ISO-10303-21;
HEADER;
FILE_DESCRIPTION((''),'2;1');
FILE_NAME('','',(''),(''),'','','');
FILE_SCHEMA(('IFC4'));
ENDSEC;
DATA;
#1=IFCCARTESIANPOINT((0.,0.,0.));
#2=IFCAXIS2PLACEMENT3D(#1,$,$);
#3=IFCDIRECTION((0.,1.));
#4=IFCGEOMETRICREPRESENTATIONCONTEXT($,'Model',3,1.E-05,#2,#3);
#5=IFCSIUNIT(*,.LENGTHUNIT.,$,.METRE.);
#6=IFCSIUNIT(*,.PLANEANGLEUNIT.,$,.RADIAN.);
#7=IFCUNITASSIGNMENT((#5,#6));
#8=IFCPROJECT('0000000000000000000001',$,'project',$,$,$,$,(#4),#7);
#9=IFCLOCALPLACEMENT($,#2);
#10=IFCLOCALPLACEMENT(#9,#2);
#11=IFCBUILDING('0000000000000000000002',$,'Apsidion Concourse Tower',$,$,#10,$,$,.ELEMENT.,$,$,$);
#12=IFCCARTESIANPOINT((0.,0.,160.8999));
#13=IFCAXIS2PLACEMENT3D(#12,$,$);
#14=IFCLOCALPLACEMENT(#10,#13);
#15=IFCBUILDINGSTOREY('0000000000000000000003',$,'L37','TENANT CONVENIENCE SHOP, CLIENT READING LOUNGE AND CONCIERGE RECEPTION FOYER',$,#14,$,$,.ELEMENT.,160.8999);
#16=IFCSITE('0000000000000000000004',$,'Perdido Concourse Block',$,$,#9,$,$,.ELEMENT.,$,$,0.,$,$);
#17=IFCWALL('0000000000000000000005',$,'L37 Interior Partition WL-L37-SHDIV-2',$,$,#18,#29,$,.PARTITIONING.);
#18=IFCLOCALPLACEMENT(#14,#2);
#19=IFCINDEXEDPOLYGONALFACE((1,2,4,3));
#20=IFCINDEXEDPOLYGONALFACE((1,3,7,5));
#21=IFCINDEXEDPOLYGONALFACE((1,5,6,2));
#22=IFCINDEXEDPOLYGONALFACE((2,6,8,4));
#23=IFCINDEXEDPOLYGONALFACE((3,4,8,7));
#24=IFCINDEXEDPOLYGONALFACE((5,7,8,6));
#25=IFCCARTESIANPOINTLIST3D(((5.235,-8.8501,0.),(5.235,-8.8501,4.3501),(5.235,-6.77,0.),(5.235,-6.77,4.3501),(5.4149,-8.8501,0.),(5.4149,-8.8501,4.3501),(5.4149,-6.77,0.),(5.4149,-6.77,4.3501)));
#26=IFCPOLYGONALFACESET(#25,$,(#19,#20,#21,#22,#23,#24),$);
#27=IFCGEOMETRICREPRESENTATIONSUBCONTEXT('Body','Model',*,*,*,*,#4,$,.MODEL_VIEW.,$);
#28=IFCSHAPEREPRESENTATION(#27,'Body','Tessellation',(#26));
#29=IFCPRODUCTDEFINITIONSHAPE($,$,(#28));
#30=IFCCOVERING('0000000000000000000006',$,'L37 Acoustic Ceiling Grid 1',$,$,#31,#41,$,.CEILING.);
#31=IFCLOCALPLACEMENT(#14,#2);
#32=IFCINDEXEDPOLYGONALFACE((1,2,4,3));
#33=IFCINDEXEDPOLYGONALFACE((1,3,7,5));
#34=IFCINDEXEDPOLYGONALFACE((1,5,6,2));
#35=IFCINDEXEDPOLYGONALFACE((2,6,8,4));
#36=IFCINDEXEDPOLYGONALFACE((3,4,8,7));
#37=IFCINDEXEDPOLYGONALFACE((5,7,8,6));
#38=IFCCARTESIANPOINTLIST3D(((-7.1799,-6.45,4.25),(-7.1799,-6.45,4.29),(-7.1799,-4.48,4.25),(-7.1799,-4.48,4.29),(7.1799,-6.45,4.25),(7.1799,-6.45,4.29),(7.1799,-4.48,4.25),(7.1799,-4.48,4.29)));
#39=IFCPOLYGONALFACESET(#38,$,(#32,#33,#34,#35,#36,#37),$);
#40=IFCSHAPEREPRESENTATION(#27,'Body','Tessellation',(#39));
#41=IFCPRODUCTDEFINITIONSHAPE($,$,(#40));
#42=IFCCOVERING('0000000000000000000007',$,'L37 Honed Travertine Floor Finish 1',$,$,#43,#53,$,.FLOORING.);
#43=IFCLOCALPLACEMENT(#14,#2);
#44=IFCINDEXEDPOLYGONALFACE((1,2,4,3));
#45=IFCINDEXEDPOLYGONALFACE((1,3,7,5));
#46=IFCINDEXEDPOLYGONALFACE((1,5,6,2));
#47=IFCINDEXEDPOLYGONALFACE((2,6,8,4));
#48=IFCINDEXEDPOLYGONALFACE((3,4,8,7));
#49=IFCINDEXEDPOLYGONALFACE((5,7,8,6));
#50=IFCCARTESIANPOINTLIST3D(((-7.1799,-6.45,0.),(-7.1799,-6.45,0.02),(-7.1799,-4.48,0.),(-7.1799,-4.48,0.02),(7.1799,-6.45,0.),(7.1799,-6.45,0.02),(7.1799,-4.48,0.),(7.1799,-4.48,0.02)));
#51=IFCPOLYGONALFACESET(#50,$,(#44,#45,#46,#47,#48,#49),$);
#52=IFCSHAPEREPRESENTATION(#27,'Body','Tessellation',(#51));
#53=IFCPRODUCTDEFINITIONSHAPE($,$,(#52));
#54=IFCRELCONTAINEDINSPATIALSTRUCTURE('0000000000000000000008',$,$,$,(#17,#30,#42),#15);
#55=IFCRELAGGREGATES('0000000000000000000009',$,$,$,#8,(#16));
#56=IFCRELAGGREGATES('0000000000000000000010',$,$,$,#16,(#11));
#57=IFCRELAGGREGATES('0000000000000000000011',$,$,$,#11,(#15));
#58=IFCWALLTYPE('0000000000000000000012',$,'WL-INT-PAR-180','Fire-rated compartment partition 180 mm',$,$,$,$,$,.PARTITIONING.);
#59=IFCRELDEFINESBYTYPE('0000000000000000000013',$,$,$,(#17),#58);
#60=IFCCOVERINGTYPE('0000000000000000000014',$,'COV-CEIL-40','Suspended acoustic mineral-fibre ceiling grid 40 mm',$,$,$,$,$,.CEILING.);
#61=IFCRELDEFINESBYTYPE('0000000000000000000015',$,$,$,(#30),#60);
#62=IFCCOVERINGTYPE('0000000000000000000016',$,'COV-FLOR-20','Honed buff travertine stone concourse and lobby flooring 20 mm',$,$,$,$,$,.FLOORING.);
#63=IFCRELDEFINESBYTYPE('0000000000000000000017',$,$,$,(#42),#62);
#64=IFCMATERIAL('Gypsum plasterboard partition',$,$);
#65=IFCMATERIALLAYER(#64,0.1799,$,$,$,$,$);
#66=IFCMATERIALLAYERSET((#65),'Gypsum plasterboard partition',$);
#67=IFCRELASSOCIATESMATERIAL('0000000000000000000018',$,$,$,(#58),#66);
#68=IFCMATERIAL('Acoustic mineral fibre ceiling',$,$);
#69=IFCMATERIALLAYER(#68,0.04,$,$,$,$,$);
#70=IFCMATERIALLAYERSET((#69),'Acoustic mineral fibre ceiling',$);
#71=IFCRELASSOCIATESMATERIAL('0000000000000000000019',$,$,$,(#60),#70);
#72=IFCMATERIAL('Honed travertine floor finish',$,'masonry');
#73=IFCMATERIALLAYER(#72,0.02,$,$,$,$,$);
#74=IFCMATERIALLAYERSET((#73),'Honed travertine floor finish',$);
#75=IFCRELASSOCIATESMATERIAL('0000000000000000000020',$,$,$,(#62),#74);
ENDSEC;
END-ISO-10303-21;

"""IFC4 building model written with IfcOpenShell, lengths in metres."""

from ifc_helpers import new_model, si_unit, direction, frame, frame_2d, origin, place, context, subcontext, project, spatial, polyline, rectangle, outline, extrude, material, layer, layer_set, type_object, element, save


model = new_model("IFC4")

# Units and contexts
model_context = context("Model", 3, precision=1e-05, world=origin(), true_north=direction((0.0, 1.0)))
body_context = subcontext(model_context, "Body", "Model", "MODEL_VIEW")
ifc_project = project(units=[si_unit("LENGTHUNIT", "METRE"), si_unit("PLANEANGLEUNIT", "RADIAN")], contexts=[model_context])

# Site, building, storey
site_placement = place(None, origin())
site = spatial("IfcSite", under=ifc_project, at=site_placement, Name="Perdido Concourse Block", CompositionType="ELEMENT", RefElevation=0.0)
building_placement = place(site_placement, origin())
building = spatial("IfcBuilding", under=site, at=building_placement, Name="Apsidion Concourse Tower", CompositionType="ELEMENT")
storey_placement = place(building_placement, frame((0.0, 0.0, 160.8999)))
storey = spatial("IfcBuildingStorey", under=building, at=storey_placement, Name="L37", Description="TENANT CONVENIENCE SHOP, CLIENT READING LOUNGE AND CONCIERGE RECEPTION FOYER", CompositionType="ELEMENT", Elevation=160.8999)

# Shared definitions
ifc_material_1 = material(Name="Gypsum plasterboard partition")

# Wall
ifc_layer_1 = layer(ifc_material_1, 0.1799)
ifc_layer_set_1 = layer_set([ifc_layer_1], Name="Gypsum plasterboard partition")
wall_type_1 = type_object("IfcWallType", Name="WL-INT-PAR-180", Description="Fire-rated compartment partition 180 mm", PredefinedType="PARTITIONING", material=ifc_layer_set_1)
wall_1_placement = place(storey_placement, frame((5.325, -8.8501, 0.0), z_axis=(0.0, 0.0, 1.0), x_axis=(0.0, 1.0, 0.0)))
element("IfcWall", 1, at=wall_1_placement, inside=storey, type_object=wall_type_1, Name="L37 Interior Partition WL-L37-SHDIV-2", PredefinedType="PARTITIONING", context=body_context, shape_type="SweptSolid", body=[
    extrude(rectangle(XDim=2.0801, YDim=0.1799, at=frame_2d((1.04, 0.0))), origin(), (0.0, 0.0, 1.0), 4.3501),
])

# Coverings
ifc_material_2 = material(Name="Acoustic mineral fibre ceiling")
ifc_layer_2 = layer(ifc_material_2, 0.04)
ifc_layer_set_2 = layer_set([ifc_layer_2], Name="Acoustic mineral fibre ceiling")
covering_type_1 = type_object("IfcCoveringType", Name="COV-CEIL-40", Description="Suspended acoustic mineral-fibre ceiling grid 40 mm", PredefinedType="CEILING", material=ifc_layer_set_2)
covering_1_placement = place(storey_placement, frame((0.0, 0.0, 4.25)))
element("IfcCovering", 2, at=covering_1_placement, inside=storey, type_object=covering_type_1, Name="L37 Acoustic Ceiling Grid 1", PredefinedType="CEILING", context=body_context, shape_type="SweptSolid", body=[
    extrude(outline(polyline([(-7.1799, -6.45), (-7.1799, -4.48), (7.1799, -4.48), (7.1799, -6.45), (-7.1799, -6.45)])), origin(), (0.0, 0.0, 1.0), 0.04),
])
ifc_material_3 = material(Name="Honed travertine floor finish", Category="masonry")
ifc_layer_3 = layer(ifc_material_3, 0.02)
ifc_layer_set_3 = layer_set([ifc_layer_3], Name="Honed travertine floor finish")
covering_type_2 = type_object("IfcCoveringType", Name="COV-FLOR-20", Description="Honed buff travertine stone concourse and lobby flooring 20 mm", PredefinedType="FLOORING", material=ifc_layer_set_3)
covering_2_placement = place(storey_placement, origin())
element("IfcCovering", 3, at=covering_2_placement, inside=storey, type_object=covering_type_2, Name="L37 Honed Travertine Floor Finish 1", PredefinedType="FLOORING", context=body_context, shape_type="SweptSolid", body=[
    extrude(outline(polyline([(-7.1799, -6.45), (-7.1799, -4.48), (7.1799, -4.48), (7.1799, -6.45), (-7.1799, -6.45)])), origin(), (0.0, 0.0, 1.0), 0.02),
])

save(model, "model.ifc")
